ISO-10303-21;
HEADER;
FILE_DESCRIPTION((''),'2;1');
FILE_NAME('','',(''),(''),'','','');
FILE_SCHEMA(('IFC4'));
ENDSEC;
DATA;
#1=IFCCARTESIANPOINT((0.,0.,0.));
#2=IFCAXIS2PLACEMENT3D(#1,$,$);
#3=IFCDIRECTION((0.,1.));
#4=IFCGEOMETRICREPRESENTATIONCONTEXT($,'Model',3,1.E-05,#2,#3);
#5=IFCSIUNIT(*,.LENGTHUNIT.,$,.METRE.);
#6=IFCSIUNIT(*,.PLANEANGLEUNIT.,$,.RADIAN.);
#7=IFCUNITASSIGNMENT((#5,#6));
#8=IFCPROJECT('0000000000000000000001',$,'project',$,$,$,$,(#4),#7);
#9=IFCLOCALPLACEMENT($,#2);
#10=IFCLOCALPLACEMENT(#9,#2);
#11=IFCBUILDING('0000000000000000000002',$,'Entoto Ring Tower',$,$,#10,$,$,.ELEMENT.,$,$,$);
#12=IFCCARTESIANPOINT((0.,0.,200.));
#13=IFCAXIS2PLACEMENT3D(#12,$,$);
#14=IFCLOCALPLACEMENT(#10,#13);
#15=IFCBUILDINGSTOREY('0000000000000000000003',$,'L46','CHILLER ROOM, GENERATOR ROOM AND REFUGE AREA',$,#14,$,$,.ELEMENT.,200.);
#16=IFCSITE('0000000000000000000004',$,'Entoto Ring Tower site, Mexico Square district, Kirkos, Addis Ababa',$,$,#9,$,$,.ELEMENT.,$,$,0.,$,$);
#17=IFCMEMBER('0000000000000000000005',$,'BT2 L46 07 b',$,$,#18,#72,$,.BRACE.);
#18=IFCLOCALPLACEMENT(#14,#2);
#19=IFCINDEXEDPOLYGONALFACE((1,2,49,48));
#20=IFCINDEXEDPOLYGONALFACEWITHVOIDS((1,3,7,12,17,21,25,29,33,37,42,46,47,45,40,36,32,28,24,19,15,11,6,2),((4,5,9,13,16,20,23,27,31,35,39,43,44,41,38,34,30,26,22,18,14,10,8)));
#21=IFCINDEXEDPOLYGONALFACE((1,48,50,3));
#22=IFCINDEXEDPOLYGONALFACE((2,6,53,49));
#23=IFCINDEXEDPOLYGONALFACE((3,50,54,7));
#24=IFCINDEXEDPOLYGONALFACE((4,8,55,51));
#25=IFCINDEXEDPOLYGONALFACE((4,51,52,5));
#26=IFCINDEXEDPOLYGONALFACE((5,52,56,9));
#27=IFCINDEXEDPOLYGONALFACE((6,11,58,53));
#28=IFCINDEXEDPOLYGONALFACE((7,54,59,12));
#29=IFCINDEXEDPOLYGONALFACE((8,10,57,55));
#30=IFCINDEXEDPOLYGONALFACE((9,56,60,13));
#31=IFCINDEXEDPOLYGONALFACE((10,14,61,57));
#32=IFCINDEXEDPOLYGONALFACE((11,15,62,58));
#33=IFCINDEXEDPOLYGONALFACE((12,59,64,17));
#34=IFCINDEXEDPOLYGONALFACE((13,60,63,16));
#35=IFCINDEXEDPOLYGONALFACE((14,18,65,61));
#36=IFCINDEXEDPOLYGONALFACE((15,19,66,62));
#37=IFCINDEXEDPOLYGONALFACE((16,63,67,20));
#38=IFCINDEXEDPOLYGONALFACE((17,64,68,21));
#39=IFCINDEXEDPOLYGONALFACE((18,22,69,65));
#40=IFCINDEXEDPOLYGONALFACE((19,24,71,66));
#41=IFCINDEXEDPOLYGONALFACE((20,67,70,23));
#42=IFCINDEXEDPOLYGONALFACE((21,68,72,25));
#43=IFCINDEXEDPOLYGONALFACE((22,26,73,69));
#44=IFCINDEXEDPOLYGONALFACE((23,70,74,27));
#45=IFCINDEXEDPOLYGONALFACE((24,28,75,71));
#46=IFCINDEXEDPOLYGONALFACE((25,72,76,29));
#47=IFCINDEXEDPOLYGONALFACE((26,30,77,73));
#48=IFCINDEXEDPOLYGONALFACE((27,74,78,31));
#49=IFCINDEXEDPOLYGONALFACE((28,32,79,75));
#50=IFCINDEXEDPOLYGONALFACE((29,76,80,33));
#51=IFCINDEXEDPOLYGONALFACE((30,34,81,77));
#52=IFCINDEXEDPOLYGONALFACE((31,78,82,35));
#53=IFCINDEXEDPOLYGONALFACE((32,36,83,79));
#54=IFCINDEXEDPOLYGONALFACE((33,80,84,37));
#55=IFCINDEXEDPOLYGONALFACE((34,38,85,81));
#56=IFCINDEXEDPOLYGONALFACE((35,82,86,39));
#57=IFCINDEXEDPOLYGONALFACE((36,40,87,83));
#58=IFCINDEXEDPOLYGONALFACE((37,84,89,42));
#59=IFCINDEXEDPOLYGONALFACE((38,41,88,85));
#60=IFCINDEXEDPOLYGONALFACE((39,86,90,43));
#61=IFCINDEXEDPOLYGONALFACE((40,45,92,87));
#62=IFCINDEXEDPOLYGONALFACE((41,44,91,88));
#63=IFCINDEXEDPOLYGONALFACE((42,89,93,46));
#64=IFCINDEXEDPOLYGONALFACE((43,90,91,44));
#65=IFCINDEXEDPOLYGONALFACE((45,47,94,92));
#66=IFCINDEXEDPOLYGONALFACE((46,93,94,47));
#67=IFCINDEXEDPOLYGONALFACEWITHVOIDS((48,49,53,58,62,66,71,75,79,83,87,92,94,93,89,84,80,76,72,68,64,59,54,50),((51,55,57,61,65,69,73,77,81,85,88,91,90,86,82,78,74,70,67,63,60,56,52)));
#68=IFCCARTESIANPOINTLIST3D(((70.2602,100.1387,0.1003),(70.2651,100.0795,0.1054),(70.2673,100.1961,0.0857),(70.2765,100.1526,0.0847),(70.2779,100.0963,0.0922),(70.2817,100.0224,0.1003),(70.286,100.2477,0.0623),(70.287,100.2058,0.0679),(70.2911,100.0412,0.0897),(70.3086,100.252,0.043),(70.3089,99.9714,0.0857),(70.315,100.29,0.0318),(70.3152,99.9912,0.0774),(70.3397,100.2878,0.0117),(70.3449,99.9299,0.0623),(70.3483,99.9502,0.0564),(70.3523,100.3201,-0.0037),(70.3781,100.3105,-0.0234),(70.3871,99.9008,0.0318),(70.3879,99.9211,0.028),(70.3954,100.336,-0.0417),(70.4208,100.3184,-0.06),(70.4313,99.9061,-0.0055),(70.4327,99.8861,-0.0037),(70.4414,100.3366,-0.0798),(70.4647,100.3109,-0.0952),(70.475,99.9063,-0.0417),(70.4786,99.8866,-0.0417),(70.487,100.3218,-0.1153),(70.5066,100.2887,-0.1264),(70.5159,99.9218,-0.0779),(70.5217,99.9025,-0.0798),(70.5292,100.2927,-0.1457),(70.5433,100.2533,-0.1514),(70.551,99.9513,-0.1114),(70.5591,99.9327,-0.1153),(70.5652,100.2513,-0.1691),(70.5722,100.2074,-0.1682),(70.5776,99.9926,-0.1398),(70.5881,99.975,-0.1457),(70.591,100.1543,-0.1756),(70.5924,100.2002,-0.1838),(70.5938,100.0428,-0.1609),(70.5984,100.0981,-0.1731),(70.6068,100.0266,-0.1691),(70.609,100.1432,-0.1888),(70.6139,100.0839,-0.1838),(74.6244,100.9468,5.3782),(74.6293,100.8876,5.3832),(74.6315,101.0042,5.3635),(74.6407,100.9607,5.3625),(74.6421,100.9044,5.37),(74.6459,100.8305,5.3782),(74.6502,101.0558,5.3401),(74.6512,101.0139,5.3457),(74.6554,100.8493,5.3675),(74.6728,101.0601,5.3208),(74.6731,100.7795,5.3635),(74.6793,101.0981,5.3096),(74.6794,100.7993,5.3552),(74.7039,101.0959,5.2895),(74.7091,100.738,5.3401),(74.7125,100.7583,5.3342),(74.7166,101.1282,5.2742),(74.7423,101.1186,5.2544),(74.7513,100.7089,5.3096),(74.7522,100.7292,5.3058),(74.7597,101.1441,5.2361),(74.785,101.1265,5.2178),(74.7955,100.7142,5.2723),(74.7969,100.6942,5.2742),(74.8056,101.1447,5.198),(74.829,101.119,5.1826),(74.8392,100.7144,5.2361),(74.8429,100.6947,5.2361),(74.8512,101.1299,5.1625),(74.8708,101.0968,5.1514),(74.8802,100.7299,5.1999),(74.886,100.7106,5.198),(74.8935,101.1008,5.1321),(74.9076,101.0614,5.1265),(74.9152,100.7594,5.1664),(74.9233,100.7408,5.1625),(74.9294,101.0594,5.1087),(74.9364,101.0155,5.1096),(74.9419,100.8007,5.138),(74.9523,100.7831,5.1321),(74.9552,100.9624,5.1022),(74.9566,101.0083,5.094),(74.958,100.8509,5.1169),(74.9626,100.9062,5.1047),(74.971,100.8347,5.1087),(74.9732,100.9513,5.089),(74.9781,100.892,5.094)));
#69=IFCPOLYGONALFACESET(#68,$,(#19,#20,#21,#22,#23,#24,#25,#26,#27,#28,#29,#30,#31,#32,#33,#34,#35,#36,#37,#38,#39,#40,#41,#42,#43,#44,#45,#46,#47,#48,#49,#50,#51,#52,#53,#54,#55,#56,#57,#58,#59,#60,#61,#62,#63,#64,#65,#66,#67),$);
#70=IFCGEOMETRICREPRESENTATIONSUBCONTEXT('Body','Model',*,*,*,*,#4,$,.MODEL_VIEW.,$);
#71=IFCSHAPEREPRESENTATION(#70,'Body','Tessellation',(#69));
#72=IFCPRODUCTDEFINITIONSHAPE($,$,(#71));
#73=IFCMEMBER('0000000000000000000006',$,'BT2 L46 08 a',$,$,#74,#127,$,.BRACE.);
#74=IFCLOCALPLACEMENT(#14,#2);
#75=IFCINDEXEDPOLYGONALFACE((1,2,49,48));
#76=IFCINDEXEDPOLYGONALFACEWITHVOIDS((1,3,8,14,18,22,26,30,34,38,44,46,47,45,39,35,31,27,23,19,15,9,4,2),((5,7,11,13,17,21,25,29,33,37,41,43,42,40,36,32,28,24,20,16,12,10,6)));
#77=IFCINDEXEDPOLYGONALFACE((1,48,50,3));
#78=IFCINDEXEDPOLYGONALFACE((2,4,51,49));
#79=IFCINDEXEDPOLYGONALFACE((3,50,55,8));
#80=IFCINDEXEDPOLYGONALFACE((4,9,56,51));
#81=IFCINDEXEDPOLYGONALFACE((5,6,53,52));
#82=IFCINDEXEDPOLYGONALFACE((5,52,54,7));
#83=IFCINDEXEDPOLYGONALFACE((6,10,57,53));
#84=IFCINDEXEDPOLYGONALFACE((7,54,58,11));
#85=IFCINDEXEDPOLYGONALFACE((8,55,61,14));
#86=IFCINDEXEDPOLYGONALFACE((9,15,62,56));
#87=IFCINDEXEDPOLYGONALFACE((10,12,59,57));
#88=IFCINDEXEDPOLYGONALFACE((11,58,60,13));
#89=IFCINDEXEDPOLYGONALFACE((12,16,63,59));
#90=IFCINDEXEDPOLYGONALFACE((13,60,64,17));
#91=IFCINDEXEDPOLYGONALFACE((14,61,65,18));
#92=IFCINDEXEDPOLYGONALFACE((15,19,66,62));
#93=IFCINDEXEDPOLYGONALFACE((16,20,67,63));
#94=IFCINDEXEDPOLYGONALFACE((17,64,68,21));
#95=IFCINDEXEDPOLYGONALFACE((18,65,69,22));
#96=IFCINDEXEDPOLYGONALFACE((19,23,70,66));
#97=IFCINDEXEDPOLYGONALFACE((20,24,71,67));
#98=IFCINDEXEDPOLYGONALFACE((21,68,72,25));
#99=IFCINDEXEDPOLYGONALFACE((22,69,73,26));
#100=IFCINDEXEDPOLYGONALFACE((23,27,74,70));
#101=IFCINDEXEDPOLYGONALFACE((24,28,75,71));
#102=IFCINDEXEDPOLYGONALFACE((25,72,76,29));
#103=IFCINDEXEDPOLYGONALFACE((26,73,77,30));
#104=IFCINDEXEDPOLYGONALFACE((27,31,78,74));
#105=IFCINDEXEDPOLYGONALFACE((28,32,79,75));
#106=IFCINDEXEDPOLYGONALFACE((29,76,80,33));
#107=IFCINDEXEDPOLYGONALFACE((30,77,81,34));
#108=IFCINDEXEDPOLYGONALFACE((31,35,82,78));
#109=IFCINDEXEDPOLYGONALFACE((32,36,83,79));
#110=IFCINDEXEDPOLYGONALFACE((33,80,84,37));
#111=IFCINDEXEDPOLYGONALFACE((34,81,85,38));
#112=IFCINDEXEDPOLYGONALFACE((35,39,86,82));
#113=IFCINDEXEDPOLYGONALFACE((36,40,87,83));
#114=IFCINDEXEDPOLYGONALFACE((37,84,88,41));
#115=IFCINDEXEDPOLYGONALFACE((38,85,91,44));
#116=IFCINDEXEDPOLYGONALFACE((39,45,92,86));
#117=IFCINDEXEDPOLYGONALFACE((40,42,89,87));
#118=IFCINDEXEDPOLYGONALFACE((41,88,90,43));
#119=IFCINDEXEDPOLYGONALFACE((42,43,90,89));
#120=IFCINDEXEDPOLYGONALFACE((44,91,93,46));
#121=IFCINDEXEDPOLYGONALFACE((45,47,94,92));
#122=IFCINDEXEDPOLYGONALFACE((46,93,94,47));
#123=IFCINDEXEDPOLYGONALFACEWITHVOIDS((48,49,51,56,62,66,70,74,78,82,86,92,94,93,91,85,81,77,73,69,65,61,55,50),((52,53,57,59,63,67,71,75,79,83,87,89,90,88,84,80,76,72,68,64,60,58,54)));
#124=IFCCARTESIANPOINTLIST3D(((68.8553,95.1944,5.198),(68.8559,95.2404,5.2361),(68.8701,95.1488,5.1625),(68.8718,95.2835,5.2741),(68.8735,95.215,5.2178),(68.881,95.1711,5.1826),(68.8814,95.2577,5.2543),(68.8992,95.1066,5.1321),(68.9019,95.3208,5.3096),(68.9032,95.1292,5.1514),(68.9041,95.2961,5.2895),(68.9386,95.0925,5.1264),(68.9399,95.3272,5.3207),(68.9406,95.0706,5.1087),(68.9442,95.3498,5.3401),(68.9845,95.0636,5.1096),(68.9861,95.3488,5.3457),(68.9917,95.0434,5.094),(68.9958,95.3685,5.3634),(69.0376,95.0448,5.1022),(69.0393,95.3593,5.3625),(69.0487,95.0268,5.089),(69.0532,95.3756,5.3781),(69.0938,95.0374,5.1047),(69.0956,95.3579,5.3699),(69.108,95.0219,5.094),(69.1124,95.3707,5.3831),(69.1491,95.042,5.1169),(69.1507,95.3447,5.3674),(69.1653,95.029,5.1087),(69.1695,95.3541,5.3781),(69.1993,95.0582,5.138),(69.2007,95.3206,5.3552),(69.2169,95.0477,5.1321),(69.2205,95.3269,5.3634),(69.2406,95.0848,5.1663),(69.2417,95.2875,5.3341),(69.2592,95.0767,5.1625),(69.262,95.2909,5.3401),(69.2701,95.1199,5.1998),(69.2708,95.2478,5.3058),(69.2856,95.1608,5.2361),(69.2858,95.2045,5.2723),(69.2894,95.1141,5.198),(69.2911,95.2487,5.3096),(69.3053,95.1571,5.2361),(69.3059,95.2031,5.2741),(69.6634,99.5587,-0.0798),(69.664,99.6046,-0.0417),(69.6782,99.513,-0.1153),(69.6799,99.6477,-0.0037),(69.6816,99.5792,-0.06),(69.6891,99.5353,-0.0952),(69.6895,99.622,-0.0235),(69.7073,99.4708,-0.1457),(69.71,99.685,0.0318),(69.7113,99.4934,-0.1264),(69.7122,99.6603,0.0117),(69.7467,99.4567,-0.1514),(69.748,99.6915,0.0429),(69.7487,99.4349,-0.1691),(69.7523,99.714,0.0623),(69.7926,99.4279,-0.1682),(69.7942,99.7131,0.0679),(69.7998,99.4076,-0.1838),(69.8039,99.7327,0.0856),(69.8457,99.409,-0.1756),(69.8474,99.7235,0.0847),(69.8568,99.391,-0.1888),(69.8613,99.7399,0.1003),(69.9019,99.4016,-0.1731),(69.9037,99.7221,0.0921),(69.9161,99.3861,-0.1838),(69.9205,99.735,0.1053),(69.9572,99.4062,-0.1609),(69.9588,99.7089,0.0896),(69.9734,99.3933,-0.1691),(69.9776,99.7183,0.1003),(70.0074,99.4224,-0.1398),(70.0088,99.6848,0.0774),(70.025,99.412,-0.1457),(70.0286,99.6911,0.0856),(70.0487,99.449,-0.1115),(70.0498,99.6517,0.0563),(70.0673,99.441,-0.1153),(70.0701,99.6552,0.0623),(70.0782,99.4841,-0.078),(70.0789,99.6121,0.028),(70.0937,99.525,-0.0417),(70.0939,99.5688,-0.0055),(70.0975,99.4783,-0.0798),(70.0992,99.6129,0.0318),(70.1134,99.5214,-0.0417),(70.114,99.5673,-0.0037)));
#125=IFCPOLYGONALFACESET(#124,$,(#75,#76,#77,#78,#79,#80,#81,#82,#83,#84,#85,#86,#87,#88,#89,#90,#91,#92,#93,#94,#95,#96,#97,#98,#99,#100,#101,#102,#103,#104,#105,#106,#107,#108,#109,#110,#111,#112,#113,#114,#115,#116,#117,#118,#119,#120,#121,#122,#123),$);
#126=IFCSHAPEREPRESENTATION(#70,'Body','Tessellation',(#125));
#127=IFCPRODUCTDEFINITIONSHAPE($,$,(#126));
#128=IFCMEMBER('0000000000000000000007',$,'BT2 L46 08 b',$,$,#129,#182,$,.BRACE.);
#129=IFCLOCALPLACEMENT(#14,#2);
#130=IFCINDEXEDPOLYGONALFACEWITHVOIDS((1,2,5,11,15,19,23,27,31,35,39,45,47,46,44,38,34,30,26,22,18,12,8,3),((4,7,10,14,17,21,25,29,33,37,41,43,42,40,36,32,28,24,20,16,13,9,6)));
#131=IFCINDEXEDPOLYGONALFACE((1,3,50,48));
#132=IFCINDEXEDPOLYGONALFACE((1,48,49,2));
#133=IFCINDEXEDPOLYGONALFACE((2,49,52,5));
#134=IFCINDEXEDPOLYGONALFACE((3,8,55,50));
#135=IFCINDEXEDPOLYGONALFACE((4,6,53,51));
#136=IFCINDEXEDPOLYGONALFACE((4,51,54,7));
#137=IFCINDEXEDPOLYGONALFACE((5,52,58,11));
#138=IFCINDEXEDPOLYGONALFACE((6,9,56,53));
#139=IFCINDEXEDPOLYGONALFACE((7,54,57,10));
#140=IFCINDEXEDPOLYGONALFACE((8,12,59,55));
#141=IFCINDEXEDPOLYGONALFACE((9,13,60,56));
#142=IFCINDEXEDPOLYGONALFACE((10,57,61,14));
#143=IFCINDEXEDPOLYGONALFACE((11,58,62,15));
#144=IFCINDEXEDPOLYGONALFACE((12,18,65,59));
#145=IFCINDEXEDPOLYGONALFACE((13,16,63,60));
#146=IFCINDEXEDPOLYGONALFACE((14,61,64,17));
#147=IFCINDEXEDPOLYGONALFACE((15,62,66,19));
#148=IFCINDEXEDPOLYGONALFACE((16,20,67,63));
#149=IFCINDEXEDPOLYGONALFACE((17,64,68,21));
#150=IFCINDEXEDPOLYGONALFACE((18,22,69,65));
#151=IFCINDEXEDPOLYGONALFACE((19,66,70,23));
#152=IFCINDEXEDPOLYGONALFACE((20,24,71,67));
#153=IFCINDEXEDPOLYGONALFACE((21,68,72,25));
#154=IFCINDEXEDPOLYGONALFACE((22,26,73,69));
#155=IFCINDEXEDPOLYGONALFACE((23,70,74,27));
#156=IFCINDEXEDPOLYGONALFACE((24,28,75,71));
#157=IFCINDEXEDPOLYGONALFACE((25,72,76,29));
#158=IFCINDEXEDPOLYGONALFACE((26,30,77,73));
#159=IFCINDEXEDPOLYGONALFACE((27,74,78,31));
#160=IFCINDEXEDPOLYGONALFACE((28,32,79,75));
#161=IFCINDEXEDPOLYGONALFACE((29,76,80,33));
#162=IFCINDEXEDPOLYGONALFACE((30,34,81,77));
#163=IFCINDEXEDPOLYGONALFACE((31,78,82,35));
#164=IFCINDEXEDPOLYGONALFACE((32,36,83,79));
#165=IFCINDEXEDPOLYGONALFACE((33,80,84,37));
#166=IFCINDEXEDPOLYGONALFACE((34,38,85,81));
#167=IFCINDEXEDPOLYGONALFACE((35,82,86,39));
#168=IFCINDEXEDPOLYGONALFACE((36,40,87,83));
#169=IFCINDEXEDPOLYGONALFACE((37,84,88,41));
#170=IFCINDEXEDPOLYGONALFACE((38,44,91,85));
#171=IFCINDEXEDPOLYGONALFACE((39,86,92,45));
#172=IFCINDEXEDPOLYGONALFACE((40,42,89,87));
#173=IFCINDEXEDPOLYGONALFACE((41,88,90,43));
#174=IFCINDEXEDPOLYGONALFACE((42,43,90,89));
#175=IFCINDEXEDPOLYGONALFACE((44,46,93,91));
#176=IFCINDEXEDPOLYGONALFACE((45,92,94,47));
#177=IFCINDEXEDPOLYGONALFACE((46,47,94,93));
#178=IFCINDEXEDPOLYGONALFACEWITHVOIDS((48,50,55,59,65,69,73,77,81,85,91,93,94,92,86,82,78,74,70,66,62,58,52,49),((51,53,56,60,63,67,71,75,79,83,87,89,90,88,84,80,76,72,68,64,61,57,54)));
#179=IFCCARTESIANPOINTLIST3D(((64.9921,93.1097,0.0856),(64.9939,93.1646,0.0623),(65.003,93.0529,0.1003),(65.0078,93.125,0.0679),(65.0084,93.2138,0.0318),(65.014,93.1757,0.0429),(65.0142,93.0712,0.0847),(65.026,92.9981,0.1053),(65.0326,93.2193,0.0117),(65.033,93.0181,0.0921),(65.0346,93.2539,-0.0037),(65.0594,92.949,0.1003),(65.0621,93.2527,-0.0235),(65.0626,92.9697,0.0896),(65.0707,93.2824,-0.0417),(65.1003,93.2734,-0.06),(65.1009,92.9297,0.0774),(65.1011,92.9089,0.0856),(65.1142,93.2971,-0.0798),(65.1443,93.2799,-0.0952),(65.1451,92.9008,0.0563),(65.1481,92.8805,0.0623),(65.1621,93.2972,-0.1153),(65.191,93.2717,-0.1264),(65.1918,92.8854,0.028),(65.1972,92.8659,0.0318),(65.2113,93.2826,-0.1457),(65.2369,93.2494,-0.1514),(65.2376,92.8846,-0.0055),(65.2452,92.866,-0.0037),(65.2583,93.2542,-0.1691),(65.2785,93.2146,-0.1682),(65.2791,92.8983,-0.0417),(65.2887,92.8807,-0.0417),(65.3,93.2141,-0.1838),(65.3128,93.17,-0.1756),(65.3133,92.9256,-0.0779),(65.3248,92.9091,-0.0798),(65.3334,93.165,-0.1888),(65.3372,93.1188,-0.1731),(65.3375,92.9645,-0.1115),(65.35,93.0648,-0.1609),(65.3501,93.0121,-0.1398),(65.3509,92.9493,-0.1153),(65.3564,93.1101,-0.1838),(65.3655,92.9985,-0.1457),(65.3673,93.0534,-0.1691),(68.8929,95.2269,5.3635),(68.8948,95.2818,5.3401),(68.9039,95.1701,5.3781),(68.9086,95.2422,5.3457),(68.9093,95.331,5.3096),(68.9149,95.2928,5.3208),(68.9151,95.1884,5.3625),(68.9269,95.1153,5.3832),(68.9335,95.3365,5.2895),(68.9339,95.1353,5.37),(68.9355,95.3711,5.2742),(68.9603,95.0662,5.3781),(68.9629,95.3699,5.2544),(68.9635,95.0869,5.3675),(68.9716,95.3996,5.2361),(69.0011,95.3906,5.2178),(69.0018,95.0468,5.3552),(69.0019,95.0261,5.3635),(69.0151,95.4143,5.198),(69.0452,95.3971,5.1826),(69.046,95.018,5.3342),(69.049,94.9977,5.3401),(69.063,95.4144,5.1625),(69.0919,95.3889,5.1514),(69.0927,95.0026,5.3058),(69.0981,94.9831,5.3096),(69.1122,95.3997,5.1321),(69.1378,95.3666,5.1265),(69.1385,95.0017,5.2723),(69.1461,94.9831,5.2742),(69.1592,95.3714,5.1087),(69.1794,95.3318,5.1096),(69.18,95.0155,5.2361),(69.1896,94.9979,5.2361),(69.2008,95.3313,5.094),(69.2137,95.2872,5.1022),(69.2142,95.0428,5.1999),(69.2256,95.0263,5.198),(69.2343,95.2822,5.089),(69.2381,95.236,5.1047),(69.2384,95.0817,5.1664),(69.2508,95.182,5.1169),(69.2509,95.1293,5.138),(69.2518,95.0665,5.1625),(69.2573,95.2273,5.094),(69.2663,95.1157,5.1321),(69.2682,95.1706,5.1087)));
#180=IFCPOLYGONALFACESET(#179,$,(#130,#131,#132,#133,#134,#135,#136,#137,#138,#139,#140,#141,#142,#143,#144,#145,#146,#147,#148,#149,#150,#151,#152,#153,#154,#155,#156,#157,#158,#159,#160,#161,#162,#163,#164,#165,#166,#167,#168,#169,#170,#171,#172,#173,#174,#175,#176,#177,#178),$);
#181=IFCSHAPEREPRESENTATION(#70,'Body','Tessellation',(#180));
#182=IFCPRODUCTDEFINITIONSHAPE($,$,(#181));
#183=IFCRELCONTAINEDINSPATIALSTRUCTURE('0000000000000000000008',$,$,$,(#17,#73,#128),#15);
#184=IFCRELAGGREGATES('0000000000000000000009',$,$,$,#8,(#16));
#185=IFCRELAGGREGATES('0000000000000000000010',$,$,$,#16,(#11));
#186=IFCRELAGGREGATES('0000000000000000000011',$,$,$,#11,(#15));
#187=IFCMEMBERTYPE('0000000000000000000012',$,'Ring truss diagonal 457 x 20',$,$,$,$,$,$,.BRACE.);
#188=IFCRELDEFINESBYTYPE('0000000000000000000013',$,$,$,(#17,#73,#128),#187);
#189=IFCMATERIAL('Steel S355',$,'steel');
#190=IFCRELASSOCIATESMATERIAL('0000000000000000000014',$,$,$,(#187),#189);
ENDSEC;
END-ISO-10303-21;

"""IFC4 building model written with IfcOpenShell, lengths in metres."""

from ifc_helpers import new_model, si_unit, direction, frame, origin, origin_2d, place, context, subcontext, project, spatial, circle, hollow_circle, extrude, material, material_profile, profile_set, type_object, element, save


model = new_model("IFC4")

# Units and contexts
model_context = context("Model", 3, precision=1e-05, world=origin(), true_north=direction((0.0, 1.0)))
body_context = subcontext(model_context, "Body", "Model", "MODEL_VIEW")
ifc_project = project(units=[si_unit("LENGTHUNIT", "METRE"), si_unit("PLANEANGLEUNIT", "RADIAN")], contexts=[model_context])

# Site, building, storey
site_placement = place(None, origin())
site = spatial("IfcSite", under=ifc_project, at=site_placement, Name="Entoto Ring Tower site, Mexico Square district, Kirkos, Addis Ababa", CompositionType="ELEMENT", RefElevation=0.0)
building_placement = place(site_placement, origin())
building = spatial("IfcBuilding", under=site, at=building_placement, Name="Entoto Ring Tower", CompositionType="ELEMENT")
storey_placement = place(building_placement, frame((0.0, 0.0, 200.0)))
storey = spatial("IfcBuildingStorey", under=building, at=storey_placement, Name="L46", Description="CHILLER ROOM, GENERATOR ROOM AND REFUGE AREA", CompositionType="ELEMENT", Elevation=200.0)

# Members
ifc_material_1 = material(Name="Steel S355", Category="steel")
ifc_material_profile_1 = material_profile(ifc_material_1, hollow_circle(Radius=0.2285, WallThickness=0.02, at=origin_2d()), Name="CHS 457 x 20")
ifc_material_2 = material(Name="Concrete C60/75", Category="concrete")
ifc_material_profile_2 = material_profile(ifc_material_2, circle(Radius=0.2085, at=origin_2d()), Name="Concrete C60/75 infill")
ifc_profile_set_1 = profile_set([ifc_material_profile_1, ifc_material_profile_2], Name="Steel S355")
member_type_1 = type_object("IfcMemberType", Name="Ring truss diagonal 457 x 20", PredefinedType="BRACE", material=ifc_profile_set_1)
for number, where, z_axis, x_axis, name in (
    (1, (74.8013, 100.9194, 5.2361), (-0.632865, -0.117184, -0.765343), (0.18207, -0.983286, 0.0), "BT2 L46 07 b"),
    (2, (69.8887, 99.563, -0.0417), (-0.117184, -0.632865, 0.765343), (0.983286, -0.18207, 0.0), "BT2 L46 08 a"),
    (3, (69.0806, 95.1987, 5.2361), (-0.565672, -0.307017, -0.765347), (0.477017, -0.878894, 0.0), "BT2 L46 08 b"),
):
    element("IfcMember", number, at=place(storey_placement, frame(where, z_axis=z_axis, x_axis=x_axis)), inside=storey, type_object=member_type_1, Name=name, PredefinedType="BRACE", context=body_context, shape_type="SweptSolid", body=[
        extrude(hollow_circle(Radius=0.2285, WallThickness=0.02, at=origin_2d()), origin(), (0.0, 0.0, 1.0), 6.896),
    ])

save(model, "model.ifc")
